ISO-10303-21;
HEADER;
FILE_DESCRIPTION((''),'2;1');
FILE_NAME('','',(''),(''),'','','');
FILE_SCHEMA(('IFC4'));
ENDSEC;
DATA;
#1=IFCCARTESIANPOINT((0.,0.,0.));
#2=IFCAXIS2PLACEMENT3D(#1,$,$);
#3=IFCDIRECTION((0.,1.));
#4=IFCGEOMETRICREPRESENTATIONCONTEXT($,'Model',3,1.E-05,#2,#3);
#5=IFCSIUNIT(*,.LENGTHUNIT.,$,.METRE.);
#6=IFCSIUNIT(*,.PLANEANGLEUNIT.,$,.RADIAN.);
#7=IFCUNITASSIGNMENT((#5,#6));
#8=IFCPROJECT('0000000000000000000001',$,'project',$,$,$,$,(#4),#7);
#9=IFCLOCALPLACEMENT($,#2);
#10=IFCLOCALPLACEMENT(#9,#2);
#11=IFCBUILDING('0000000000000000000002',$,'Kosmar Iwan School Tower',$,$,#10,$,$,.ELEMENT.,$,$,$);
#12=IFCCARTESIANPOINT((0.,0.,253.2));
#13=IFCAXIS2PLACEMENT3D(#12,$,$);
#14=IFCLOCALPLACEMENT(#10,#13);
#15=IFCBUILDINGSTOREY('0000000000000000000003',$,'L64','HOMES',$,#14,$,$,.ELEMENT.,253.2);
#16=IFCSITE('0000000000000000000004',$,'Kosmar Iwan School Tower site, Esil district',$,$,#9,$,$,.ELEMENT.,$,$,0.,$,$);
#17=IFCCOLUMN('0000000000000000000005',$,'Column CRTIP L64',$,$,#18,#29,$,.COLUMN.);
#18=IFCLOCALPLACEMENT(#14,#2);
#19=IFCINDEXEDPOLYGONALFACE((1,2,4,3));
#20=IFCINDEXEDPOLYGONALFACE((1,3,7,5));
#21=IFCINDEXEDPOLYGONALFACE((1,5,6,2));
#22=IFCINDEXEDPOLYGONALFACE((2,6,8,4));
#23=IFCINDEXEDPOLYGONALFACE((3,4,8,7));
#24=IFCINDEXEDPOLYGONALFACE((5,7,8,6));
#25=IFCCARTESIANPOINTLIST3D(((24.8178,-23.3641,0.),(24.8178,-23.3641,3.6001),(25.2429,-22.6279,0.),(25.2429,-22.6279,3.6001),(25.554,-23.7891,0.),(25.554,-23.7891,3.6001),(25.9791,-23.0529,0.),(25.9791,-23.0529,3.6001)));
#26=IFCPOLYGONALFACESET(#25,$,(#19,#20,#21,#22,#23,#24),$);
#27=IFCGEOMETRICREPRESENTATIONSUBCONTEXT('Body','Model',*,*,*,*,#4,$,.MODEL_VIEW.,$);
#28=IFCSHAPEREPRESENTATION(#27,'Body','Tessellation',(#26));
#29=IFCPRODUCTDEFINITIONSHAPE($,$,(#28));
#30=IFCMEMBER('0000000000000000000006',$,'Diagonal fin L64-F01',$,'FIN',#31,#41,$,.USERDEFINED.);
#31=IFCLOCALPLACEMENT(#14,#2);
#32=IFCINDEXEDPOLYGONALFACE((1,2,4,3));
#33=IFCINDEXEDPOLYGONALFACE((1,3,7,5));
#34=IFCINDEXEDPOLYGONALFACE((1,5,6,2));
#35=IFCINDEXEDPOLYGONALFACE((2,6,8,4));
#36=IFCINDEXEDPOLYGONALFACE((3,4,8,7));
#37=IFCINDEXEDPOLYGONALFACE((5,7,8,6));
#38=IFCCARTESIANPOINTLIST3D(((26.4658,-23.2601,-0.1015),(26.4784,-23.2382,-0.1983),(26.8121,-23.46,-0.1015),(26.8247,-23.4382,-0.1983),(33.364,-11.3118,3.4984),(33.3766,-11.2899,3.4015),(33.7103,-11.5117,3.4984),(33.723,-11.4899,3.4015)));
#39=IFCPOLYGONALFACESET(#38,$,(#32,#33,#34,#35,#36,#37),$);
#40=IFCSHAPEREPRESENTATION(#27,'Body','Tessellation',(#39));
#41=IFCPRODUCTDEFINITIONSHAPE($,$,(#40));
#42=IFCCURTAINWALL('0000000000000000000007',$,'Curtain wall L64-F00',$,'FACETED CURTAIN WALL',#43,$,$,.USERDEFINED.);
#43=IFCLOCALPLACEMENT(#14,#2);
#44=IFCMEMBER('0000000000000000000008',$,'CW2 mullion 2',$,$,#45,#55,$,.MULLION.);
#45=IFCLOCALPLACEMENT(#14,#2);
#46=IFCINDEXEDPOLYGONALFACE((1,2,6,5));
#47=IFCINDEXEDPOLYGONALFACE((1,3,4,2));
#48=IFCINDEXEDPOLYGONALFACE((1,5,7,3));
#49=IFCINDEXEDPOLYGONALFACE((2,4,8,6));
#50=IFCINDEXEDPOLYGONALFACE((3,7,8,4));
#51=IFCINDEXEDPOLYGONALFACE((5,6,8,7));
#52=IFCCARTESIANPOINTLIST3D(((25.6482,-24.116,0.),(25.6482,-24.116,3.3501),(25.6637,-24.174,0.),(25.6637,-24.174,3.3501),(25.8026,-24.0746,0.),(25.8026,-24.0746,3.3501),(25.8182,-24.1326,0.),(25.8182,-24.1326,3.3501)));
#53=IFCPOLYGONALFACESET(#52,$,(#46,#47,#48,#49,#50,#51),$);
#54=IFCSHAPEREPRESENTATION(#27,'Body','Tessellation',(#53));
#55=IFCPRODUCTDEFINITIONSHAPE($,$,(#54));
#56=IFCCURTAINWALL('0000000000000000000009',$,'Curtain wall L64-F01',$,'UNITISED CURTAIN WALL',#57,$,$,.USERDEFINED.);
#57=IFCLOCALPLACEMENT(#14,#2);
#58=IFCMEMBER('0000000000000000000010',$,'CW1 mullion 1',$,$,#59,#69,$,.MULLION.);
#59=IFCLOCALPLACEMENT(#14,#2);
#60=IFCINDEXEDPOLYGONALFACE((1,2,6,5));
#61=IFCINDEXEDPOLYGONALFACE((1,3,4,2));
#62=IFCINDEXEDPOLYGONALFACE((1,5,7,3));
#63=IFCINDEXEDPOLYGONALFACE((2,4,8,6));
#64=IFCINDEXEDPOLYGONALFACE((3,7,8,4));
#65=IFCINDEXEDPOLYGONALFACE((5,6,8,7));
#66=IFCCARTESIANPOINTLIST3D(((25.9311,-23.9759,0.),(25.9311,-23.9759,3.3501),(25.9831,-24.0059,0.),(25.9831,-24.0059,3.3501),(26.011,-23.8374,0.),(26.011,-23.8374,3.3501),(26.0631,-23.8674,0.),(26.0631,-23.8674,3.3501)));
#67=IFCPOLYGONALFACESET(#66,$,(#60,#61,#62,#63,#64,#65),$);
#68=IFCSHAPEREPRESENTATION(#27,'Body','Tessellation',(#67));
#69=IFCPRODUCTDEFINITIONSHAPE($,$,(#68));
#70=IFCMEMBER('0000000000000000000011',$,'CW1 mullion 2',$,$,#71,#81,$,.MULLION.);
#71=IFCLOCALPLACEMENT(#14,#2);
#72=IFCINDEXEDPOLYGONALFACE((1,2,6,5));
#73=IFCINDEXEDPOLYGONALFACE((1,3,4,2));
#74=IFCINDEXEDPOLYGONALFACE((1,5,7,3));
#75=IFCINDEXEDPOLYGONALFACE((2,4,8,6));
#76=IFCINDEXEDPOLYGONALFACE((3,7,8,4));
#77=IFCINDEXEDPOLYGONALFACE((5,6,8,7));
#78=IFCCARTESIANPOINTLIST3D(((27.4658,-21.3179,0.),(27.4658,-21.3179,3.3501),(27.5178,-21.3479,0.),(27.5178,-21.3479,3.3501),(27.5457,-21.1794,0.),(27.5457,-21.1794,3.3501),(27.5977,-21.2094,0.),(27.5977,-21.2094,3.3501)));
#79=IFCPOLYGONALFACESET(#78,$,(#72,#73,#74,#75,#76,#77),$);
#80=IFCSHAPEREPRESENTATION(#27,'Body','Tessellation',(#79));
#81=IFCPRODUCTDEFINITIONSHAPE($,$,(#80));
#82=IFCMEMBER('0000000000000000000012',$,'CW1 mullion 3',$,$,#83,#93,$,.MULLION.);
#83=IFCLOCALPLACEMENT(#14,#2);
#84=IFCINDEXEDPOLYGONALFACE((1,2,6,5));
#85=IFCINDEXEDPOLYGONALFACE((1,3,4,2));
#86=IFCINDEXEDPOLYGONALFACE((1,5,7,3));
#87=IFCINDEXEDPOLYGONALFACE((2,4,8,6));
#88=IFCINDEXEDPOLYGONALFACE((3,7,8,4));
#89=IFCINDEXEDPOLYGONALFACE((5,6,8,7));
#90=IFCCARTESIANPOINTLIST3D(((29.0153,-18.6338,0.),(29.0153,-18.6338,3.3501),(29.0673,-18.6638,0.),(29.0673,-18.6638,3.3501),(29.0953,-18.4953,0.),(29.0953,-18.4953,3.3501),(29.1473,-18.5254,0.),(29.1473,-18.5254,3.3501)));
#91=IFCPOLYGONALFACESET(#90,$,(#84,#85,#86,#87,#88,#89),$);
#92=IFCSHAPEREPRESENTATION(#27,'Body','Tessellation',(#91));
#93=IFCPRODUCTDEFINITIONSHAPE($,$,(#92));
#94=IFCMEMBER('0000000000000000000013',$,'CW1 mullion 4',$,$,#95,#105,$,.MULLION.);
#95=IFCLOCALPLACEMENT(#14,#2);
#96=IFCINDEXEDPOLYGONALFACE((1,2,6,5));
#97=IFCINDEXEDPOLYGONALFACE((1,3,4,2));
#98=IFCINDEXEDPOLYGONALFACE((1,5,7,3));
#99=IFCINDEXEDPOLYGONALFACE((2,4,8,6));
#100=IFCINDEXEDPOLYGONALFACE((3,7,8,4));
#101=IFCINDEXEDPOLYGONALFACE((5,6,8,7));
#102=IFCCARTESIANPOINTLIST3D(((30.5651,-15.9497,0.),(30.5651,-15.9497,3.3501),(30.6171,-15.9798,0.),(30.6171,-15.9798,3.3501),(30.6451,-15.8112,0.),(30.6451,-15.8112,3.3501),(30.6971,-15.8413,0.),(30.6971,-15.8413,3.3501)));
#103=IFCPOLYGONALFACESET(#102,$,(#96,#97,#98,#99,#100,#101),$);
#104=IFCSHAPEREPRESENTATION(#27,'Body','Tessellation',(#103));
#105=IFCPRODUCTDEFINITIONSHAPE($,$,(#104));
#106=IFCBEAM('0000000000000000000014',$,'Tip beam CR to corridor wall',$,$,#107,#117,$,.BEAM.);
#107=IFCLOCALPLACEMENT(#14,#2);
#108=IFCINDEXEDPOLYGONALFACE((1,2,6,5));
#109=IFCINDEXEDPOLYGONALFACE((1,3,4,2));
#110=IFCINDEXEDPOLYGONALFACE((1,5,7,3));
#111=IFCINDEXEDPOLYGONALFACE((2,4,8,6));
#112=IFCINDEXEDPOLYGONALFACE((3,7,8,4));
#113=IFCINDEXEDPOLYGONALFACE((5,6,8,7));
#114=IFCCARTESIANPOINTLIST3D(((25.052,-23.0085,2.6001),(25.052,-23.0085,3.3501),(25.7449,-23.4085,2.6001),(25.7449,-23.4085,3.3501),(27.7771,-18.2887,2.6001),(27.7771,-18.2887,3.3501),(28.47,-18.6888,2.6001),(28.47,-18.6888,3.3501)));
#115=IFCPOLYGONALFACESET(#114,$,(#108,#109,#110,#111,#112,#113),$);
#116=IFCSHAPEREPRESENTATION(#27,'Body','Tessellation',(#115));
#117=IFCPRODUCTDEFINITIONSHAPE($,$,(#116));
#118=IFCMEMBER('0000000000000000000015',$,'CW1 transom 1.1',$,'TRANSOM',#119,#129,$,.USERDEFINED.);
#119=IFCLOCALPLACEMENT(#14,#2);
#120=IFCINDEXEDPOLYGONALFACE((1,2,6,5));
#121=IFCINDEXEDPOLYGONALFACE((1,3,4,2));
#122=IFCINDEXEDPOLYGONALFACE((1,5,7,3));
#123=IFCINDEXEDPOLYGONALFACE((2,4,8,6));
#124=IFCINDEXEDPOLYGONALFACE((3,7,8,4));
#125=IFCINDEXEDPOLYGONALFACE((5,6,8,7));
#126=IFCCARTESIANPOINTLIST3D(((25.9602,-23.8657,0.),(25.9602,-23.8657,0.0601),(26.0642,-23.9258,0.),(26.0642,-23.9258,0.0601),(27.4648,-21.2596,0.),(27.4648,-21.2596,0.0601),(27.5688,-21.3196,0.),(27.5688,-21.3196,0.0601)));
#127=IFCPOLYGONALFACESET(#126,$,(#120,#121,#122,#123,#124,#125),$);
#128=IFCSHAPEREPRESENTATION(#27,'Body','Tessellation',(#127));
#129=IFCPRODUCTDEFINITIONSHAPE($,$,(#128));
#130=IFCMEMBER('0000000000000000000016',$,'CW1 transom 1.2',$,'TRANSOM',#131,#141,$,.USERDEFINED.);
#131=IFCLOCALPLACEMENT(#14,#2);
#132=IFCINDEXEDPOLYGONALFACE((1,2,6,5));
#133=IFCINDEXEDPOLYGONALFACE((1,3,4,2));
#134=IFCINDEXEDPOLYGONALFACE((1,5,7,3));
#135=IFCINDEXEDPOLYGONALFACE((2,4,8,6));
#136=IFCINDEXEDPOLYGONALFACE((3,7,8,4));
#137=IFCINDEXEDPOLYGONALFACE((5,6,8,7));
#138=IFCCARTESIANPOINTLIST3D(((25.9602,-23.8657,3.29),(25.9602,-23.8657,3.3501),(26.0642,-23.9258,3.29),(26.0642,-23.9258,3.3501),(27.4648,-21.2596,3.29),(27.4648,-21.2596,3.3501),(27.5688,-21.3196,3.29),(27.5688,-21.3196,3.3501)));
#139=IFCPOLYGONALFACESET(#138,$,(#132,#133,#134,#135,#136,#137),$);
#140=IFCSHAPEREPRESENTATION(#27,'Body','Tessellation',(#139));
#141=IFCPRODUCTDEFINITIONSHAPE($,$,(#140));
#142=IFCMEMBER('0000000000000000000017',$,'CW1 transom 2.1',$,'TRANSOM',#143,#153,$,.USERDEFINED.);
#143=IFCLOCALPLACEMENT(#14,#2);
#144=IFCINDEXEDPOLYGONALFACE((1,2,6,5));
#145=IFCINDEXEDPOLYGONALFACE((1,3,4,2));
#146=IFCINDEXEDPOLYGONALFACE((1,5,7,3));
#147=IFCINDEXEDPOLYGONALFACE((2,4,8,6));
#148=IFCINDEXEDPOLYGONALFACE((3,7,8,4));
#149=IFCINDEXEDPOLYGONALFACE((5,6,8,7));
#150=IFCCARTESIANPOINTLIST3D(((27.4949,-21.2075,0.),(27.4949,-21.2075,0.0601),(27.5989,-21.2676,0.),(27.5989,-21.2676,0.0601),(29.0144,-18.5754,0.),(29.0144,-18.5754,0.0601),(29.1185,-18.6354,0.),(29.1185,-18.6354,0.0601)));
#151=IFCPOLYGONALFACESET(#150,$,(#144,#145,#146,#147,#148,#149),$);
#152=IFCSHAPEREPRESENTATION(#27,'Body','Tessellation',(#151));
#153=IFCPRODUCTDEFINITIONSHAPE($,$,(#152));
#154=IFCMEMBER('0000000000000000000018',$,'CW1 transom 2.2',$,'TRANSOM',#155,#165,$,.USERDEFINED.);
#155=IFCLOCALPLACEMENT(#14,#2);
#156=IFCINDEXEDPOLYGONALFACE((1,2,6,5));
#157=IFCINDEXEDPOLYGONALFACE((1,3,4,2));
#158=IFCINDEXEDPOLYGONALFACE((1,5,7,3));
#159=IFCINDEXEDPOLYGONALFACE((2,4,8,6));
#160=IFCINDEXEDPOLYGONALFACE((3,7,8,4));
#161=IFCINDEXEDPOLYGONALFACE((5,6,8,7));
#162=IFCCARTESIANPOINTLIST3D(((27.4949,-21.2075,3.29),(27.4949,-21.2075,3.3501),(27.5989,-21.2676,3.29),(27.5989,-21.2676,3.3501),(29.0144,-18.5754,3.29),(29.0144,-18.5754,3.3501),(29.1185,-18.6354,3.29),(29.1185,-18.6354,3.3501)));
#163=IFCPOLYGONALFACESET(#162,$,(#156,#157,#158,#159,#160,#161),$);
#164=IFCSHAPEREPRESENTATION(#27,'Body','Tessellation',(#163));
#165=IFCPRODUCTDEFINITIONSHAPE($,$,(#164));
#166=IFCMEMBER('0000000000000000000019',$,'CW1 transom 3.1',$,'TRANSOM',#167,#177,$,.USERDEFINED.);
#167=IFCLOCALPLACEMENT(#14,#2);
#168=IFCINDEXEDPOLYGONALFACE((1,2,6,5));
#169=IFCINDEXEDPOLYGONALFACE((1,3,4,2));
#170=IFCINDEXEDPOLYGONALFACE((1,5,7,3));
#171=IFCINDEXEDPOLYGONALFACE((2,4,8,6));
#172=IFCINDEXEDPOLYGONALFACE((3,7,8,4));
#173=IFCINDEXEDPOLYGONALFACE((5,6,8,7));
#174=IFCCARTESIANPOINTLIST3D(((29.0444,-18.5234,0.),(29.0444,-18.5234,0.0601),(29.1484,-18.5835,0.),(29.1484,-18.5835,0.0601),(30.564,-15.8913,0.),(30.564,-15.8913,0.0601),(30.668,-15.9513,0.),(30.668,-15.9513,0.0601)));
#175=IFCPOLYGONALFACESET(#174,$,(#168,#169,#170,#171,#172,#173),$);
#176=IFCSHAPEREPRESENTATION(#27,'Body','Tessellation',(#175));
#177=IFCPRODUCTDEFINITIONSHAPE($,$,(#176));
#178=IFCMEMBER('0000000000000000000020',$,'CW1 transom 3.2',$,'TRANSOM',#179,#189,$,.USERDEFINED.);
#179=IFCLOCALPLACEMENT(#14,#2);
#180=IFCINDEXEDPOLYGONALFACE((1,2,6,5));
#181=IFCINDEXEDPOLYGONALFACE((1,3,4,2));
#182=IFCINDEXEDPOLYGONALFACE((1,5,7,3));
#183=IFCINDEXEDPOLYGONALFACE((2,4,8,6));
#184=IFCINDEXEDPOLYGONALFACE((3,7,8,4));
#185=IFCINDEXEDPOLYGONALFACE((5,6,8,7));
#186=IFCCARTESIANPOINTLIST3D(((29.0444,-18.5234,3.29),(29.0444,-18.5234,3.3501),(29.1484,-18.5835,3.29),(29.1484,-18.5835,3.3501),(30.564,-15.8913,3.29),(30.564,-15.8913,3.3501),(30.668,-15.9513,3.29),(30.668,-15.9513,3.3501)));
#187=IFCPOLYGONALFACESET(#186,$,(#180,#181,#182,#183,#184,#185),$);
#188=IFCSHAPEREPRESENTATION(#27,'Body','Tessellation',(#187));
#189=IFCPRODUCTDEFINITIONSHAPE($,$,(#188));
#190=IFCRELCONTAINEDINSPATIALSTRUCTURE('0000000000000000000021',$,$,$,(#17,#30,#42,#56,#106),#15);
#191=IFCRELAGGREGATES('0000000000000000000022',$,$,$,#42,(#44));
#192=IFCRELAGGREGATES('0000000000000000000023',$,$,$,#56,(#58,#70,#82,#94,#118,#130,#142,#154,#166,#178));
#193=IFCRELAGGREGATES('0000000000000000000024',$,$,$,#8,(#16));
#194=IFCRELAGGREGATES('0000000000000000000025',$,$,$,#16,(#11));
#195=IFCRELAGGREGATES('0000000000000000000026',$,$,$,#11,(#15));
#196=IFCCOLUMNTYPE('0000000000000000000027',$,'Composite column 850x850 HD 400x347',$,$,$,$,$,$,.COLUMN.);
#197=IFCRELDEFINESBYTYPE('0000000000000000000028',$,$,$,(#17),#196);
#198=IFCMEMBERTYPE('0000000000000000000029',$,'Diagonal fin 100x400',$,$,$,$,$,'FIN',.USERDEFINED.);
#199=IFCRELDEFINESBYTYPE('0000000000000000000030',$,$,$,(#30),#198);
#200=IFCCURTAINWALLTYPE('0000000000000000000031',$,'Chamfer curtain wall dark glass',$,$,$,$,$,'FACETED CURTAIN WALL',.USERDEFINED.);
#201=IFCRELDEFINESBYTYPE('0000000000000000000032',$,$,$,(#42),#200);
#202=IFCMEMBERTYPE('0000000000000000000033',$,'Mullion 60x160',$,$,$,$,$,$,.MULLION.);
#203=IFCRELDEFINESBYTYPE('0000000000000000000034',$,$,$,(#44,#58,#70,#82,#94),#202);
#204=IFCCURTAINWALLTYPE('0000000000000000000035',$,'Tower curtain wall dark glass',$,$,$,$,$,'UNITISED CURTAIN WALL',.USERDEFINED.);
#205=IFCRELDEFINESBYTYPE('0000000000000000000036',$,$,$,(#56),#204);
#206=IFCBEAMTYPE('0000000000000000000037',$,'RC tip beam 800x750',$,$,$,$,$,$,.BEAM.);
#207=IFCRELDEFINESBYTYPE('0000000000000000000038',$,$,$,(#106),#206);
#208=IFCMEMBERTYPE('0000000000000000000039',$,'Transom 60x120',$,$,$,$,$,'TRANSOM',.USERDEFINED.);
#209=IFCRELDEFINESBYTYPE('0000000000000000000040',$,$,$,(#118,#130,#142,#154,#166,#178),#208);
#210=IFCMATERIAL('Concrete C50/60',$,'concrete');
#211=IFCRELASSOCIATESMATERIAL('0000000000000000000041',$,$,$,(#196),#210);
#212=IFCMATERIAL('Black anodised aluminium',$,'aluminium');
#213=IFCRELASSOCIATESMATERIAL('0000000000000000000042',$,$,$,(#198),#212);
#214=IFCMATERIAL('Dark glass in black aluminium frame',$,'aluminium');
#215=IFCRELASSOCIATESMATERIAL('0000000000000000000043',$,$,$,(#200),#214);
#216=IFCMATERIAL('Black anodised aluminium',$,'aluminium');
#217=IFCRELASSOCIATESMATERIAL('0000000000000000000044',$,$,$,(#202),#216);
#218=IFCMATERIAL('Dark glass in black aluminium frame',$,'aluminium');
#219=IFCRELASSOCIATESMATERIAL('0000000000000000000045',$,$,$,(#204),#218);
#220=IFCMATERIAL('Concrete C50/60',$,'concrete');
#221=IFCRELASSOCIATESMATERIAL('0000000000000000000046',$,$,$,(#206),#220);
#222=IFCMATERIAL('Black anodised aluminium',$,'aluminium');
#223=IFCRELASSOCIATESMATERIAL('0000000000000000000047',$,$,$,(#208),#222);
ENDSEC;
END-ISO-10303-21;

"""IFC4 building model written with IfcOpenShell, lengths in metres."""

from ifc_helpers import new_model, si_unit, direction, frame, origin, origin_2d, place, context, subcontext, project, spatial, rectangle, extrude, material, material_profile, profile_set, type_object, element, aggregate, save


model = new_model("IFC4")

# Units and contexts
model_context = context("Model", 3, precision=1e-05, world=origin(), true_north=direction((0.0, 1.0)))
body_context = subcontext(model_context, "Body", "Model", "MODEL_VIEW")
ifc_project = project(units=[si_unit("LENGTHUNIT", "METRE"), si_unit("PLANEANGLEUNIT", "RADIAN")], contexts=[model_context])

# Site, building, storey
site_placement = place(None, origin())
site = spatial("IfcSite", under=ifc_project, at=site_placement, Name="Kosmar Iwan School Tower site, Esil district", CompositionType="ELEMENT", RefElevation=0.0)
building_placement = place(site_placement, origin())
building = spatial("IfcBuilding", under=site, at=building_placement, Name="Kosmar Iwan School Tower", CompositionType="ELEMENT")
storey_placement = place(building_placement, frame((0.0, 0.0, 253.2)))
storey = spatial("IfcBuildingStorey", under=building, at=storey_placement, Name="L64", Description="HOMES", CompositionType="ELEMENT", Elevation=253.2)

# Column
ifc_material_1 = material(Name="Concrete C50/60", Category="concrete")
ifc_material_profile_1 = material_profile(ifc_material_1, rectangle(XDim=0.8501, YDim=0.8501, at=origin_2d()), Name="RC 850x850 + HD 400x347")
ifc_profile_set_1 = profile_set([ifc_material_profile_1], Name="Concrete C50/60")
column_type = type_object("IfcColumnType", Name="Composite column 850x850 HD 400x347", PredefinedType="COLUMN", material=ifc_profile_set_1)
column_placement = place(storey_placement, frame((25.3984, -23.2085, 0.0), z_axis=(0.0, 0.0, 1.0), x_axis=(0.866025, -0.5, 0.0)))
element("IfcColumn", 1, at=column_placement, inside=storey, type_object=column_type, Name="Column CRTIP L64", PredefinedType="COLUMN", context=body_context, shape_type="SweptSolid", body=[
    extrude(rectangle(XDim=0.8501, YDim=0.8501, at=origin_2d()), origin(), (0.0, 0.0, 1.0), 3.6001),
])

# Member
ifc_material_2 = material(Name="Black anodised aluminium", Category="aluminium")
ifc_material_profile_2 = material_profile(ifc_material_2, rectangle(XDim=0.1001, YDim=0.3999, at=origin_2d()), Name="FIN 100x400")
ifc_profile_set_2 = profile_set([ifc_material_profile_2], Name="Black anodised aluminium")
member_type_1 = type_object("IfcMemberType", Name="Diagonal fin 100x400", ElementType="FIN", PredefinedType="USERDEFINED", material=ifc_profile_set_2)
member_1_placement = place(storey_placement, frame((26.6453, -23.3491, -0.1499), z_axis=(0.483796, 0.837974, 0.252471), x_axis=(-0.126234, -0.218647, 0.967604)))
element("IfcMember", 2, at=member_1_placement, inside=storey, type_object=member_type_1, Name="Diagonal fin L64-F01", ObjectType="FIN", PredefinedType="USERDEFINED", context=body_context, shape_type="SweptSolid", body=[
    extrude(rectangle(XDim=0.1001, YDim=0.3999, at=origin_2d()), origin(), (0.0, 0.0, 1.0), 14.2585),
])

# Curtain wall, member
ifc_material_3 = material(Name="Dark glass in black aluminium frame", Category="aluminium")
curtain_wall_type_1 = type_object("IfcCurtainWallType", Name="Chamfer curtain wall dark glass", ElementType="FACETED CURTAIN WALL", PredefinedType="USERDEFINED", material=ifc_material_3)
curtain_wall_1_placement = place(storey_placement, origin())
curtain_wall_1 = element("IfcCurtainWall", 3, at=curtain_wall_1_placement, inside=storey, type_object=curtain_wall_type_1, Name="Curtain wall L64-F00", ObjectType="FACETED CURTAIN WALL", PredefinedType="USERDEFINED")
ifc_material_4 = material(Name="Black anodised aluminium", Category="aluminium")
ifc_material_profile_3 = material_profile(ifc_material_4, rectangle(XDim=0.0601, YDim=0.1599, at=origin_2d()), Name="MULLION 60x160")
ifc_profile_set_3 = profile_set([ifc_material_profile_3], Name="Black anodised aluminium")
member_type_2 = type_object("IfcMemberType", Name="Mullion 60x160", PredefinedType="MULLION", material=ifc_profile_set_3)
member_2_placement = place(storey_placement, frame((25.7332, -24.1243, 0.0), z_axis=(0.0, 0.0, 1.0), x_axis=(-0.258819, 0.965926, 0.0)))
member_2 = element("IfcMember", 4, at=member_2_placement, type_object=member_type_2, Name="CW2 mullion 2", PredefinedType="MULLION", context=body_context, shape_type="SweptSolid", body=[
    extrude(rectangle(XDim=0.0601, YDim=0.1599, at=origin_2d()), origin(), (0.0, 0.0, 1.0), 3.3501),
])
aggregate(curtain_wall_1, [member_2])

# Curtain wall, members
ifc_material_5 = material(Name="Dark glass in black aluminium frame", Category="aluminium")
curtain_wall_type_2 = type_object("IfcCurtainWallType", Name="Tower curtain wall dark glass", ElementType="UNITISED CURTAIN WALL", PredefinedType="USERDEFINED", material=ifc_material_5)
curtain_wall_2_placement = place(storey_placement, origin())
curtain_wall_2 = element("IfcCurtainWall", 5, at=curtain_wall_2_placement, inside=storey, type_object=curtain_wall_type_2, Name="Curtain wall L64-F01", ObjectType="UNITISED CURTAIN WALL", PredefinedType="USERDEFINED")
member_3_placement = place(storey_placement, frame((25.9971, -23.9216, 0.0), z_axis=(0.0, 0.0, 1.0), x_axis=(-0.866025, 0.5, 0.0)))
member_3 = element("IfcMember", 6, at=member_3_placement, type_object=member_type_2, Name="CW1 mullion 1", PredefinedType="MULLION", context=body_context, shape_type="SweptSolid", body=[
    extrude(rectangle(XDim=0.0601, YDim=0.1599, at=origin_2d()), origin(), (0.0, 0.0, 1.0), 3.3501),
])
member_4_placement = place(storey_placement, frame((27.5317, -21.2637, 0.0), z_axis=(0.0, 0.0, 1.0), x_axis=(-0.866025, 0.5, 0.0)))
member_4 = element("IfcMember", 7, at=member_4_placement, type_object=member_type_2, Name="CW1 mullion 2", PredefinedType="MULLION", context=body_context, shape_type="SweptSolid", body=[
    extrude(rectangle(XDim=0.0601, YDim=0.1599, at=origin_2d()), origin(), (0.0, 0.0, 1.0), 3.3501),
])
member_5_placement = place(storey_placement, frame((29.0813, -18.5796, 0.0), z_axis=(0.0, 0.0, 1.0), x_axis=(-0.866025, 0.5, 0.0)))
member_5 = element("IfcMember", 8, at=member_5_placement, type_object=member_type_2, Name="CW1 mullion 3", PredefinedType="MULLION", context=body_context, shape_type="SweptSolid", body=[
    extrude(rectangle(XDim=0.0601, YDim=0.1599, at=origin_2d()), origin(), (0.0, 0.0, 1.0), 3.3501),
])
member_6_placement = place(storey_placement, frame((30.6311, -15.8955, 0.0), z_axis=(0.0, 0.0, 1.0), x_axis=(-0.866025, 0.5, 0.0)))
member_6 = element("IfcMember", 9, at=member_6_placement, type_object=member_type_2, Name="CW1 mullion 4", PredefinedType="MULLION", context=body_context, shape_type="SweptSolid", body=[
    extrude(rectangle(XDim=0.0601, YDim=0.1599, at=origin_2d()), origin(), (0.0, 0.0, 1.0), 3.3501),
])

# Beam
ifc_material_6 = material(Name="Concrete C50/60", Category="concrete")
ifc_material_profile_4 = material_profile(ifc_material_6, rectangle(XDim=0.8, YDim=0.75, at=origin_2d()), Name="RC 800x750")
ifc_profile_set_4 = profile_set([ifc_material_profile_4], Name="Concrete C50/60")
beam_type = type_object("IfcBeamType", Name="RC tip beam 800x750", PredefinedType="BEAM", material=ifc_profile_set_4)
beam_placement = place(storey_placement, frame((25.3984, -23.2085, 2.9751), z_axis=(0.500022, 0.866013, 0.0), x_axis=(-0.866013, 0.500022, 0.0)))
element("IfcBeam", 10, at=beam_placement, inside=storey, type_object=beam_type, Name="Tip beam CR to corridor wall", PredefinedType="BEAM", context=body_context, shape_type="SweptSolid", body=[
    extrude(rectangle(XDim=0.8, YDim=0.75, at=origin_2d()), origin(), (0.0, 0.0, 1.0), 5.45),
])

# Members
ifc_material_7 = material(Name="Black anodised aluminium", Category="aluminium")
ifc_material_profile_5 = material_profile(ifc_material_7, rectangle(XDim=0.1201, YDim=0.0601, at=origin_2d()), Name="TRANSOM 60x120")
ifc_profile_set_5 = profile_set([ifc_material_profile_5], Name="Black anodised aluminium")
member_type_3 = type_object("IfcMemberType", Name="Transom 60x120", ElementType="TRANSOM", PredefinedType="USERDEFINED", material=ifc_profile_set_5)
member_7_placement = place(storey_placement, frame((26.0122, -23.8958, 0.03), z_axis=(0.499987, 0.866033, 0.0), x_axis=(-0.866033, 0.499987, 0.0)))
member_7 = element("IfcMember", 11, at=member_7_placement, type_object=member_type_3, Name="CW1 transom 1.1", ObjectType="TRANSOM", PredefinedType="USERDEFINED", context=body_context, shape_type="SweptSolid", body=[
    extrude(rectangle(XDim=0.1201, YDim=0.0601, at=origin_2d()), origin(), (0.0, 0.0, 1.0), 3.0093),
])
member_8_placement = place(storey_placement, frame((26.0122, -23.8958, 3.3201), z_axis=(0.499987, 0.866033, 0.0), x_axis=(-0.866033, 0.499987, 0.0)))
member_8 = element("IfcMember", 12, at=member_8_placement, type_object=member_type_3, Name="CW1 transom 1.2", ObjectType="TRANSOM", PredefinedType="USERDEFINED", context=body_context, shape_type="SweptSolid", body=[
    extrude(rectangle(XDim=0.1201, YDim=0.0601, at=origin_2d()), origin(), (0.0, 0.0, 1.0), 3.0093),
])
member_9_placement = place(storey_placement, frame((27.5469, -21.2375, 0.03), z_axis=(0.499975, 0.86604, 0.0), x_axis=(-0.86604, 0.499975, 0.0)))
member_9 = element("IfcMember", 13, at=member_9_placement, type_object=member_type_3, Name="CW1 transom 2.1", ObjectType="TRANSOM", PredefinedType="USERDEFINED", context=body_context, shape_type="SweptSolid", body=[
    extrude(rectangle(XDim=0.1201, YDim=0.0601, at=origin_2d()), origin(), (0.0, 0.0, 1.0), 3.0393),
])
member_10_placement = place(storey_placement, frame((27.5469, -21.2375, 3.3201), z_axis=(0.499975, 0.86604, 0.0), x_axis=(-0.86604, 0.499975, 0.0)))
member_10 = element("IfcMember", 14, at=member_10_placement, type_object=member_type_3, Name="CW1 transom 2.2", ObjectType="TRANSOM", PredefinedType="USERDEFINED", context=body_context, shape_type="SweptSolid", body=[
    extrude(rectangle(XDim=0.1201, YDim=0.0601, at=origin_2d()), origin(), (0.0, 0.0, 1.0), 3.0393),
])
member_11_placement = place(storey_placement, frame((29.0964, -18.5535, 0.03), z_axis=(0.499975, 0.86604, 0.0), x_axis=(-0.86604, 0.499975, 0.0)))
member_11 = element("IfcMember", 15, at=member_11_placement, type_object=member_type_3, Name="CW1 transom 3.1", ObjectType="TRANSOM", PredefinedType="USERDEFINED", context=body_context, shape_type="SweptSolid", body=[
    extrude(rectangle(XDim=0.1201, YDim=0.0601, at=origin_2d()), origin(), (0.0, 0.0, 1.0), 3.0393),
])
member_12_placement = place(storey_placement, frame((29.0964, -18.5535, 3.3201), z_axis=(0.499975, 0.86604, 0.0), x_axis=(-0.86604, 0.499975, 0.0)))
member_12 = element("IfcMember", 16, at=member_12_placement, type_object=member_type_3, Name="CW1 transom 3.2", ObjectType="TRANSOM", PredefinedType="USERDEFINED", context=body_context, shape_type="SweptSolid", body=[
    extrude(rectangle(XDim=0.1201, YDim=0.0601, at=origin_2d()), origin(), (0.0, 0.0, 1.0), 3.0393),
])

aggregate(curtain_wall_2, [member_3, member_4, member_5, member_6, member_7, member_8, member_9, member_10, member_11, member_12])

save(model, "model.ifc")
